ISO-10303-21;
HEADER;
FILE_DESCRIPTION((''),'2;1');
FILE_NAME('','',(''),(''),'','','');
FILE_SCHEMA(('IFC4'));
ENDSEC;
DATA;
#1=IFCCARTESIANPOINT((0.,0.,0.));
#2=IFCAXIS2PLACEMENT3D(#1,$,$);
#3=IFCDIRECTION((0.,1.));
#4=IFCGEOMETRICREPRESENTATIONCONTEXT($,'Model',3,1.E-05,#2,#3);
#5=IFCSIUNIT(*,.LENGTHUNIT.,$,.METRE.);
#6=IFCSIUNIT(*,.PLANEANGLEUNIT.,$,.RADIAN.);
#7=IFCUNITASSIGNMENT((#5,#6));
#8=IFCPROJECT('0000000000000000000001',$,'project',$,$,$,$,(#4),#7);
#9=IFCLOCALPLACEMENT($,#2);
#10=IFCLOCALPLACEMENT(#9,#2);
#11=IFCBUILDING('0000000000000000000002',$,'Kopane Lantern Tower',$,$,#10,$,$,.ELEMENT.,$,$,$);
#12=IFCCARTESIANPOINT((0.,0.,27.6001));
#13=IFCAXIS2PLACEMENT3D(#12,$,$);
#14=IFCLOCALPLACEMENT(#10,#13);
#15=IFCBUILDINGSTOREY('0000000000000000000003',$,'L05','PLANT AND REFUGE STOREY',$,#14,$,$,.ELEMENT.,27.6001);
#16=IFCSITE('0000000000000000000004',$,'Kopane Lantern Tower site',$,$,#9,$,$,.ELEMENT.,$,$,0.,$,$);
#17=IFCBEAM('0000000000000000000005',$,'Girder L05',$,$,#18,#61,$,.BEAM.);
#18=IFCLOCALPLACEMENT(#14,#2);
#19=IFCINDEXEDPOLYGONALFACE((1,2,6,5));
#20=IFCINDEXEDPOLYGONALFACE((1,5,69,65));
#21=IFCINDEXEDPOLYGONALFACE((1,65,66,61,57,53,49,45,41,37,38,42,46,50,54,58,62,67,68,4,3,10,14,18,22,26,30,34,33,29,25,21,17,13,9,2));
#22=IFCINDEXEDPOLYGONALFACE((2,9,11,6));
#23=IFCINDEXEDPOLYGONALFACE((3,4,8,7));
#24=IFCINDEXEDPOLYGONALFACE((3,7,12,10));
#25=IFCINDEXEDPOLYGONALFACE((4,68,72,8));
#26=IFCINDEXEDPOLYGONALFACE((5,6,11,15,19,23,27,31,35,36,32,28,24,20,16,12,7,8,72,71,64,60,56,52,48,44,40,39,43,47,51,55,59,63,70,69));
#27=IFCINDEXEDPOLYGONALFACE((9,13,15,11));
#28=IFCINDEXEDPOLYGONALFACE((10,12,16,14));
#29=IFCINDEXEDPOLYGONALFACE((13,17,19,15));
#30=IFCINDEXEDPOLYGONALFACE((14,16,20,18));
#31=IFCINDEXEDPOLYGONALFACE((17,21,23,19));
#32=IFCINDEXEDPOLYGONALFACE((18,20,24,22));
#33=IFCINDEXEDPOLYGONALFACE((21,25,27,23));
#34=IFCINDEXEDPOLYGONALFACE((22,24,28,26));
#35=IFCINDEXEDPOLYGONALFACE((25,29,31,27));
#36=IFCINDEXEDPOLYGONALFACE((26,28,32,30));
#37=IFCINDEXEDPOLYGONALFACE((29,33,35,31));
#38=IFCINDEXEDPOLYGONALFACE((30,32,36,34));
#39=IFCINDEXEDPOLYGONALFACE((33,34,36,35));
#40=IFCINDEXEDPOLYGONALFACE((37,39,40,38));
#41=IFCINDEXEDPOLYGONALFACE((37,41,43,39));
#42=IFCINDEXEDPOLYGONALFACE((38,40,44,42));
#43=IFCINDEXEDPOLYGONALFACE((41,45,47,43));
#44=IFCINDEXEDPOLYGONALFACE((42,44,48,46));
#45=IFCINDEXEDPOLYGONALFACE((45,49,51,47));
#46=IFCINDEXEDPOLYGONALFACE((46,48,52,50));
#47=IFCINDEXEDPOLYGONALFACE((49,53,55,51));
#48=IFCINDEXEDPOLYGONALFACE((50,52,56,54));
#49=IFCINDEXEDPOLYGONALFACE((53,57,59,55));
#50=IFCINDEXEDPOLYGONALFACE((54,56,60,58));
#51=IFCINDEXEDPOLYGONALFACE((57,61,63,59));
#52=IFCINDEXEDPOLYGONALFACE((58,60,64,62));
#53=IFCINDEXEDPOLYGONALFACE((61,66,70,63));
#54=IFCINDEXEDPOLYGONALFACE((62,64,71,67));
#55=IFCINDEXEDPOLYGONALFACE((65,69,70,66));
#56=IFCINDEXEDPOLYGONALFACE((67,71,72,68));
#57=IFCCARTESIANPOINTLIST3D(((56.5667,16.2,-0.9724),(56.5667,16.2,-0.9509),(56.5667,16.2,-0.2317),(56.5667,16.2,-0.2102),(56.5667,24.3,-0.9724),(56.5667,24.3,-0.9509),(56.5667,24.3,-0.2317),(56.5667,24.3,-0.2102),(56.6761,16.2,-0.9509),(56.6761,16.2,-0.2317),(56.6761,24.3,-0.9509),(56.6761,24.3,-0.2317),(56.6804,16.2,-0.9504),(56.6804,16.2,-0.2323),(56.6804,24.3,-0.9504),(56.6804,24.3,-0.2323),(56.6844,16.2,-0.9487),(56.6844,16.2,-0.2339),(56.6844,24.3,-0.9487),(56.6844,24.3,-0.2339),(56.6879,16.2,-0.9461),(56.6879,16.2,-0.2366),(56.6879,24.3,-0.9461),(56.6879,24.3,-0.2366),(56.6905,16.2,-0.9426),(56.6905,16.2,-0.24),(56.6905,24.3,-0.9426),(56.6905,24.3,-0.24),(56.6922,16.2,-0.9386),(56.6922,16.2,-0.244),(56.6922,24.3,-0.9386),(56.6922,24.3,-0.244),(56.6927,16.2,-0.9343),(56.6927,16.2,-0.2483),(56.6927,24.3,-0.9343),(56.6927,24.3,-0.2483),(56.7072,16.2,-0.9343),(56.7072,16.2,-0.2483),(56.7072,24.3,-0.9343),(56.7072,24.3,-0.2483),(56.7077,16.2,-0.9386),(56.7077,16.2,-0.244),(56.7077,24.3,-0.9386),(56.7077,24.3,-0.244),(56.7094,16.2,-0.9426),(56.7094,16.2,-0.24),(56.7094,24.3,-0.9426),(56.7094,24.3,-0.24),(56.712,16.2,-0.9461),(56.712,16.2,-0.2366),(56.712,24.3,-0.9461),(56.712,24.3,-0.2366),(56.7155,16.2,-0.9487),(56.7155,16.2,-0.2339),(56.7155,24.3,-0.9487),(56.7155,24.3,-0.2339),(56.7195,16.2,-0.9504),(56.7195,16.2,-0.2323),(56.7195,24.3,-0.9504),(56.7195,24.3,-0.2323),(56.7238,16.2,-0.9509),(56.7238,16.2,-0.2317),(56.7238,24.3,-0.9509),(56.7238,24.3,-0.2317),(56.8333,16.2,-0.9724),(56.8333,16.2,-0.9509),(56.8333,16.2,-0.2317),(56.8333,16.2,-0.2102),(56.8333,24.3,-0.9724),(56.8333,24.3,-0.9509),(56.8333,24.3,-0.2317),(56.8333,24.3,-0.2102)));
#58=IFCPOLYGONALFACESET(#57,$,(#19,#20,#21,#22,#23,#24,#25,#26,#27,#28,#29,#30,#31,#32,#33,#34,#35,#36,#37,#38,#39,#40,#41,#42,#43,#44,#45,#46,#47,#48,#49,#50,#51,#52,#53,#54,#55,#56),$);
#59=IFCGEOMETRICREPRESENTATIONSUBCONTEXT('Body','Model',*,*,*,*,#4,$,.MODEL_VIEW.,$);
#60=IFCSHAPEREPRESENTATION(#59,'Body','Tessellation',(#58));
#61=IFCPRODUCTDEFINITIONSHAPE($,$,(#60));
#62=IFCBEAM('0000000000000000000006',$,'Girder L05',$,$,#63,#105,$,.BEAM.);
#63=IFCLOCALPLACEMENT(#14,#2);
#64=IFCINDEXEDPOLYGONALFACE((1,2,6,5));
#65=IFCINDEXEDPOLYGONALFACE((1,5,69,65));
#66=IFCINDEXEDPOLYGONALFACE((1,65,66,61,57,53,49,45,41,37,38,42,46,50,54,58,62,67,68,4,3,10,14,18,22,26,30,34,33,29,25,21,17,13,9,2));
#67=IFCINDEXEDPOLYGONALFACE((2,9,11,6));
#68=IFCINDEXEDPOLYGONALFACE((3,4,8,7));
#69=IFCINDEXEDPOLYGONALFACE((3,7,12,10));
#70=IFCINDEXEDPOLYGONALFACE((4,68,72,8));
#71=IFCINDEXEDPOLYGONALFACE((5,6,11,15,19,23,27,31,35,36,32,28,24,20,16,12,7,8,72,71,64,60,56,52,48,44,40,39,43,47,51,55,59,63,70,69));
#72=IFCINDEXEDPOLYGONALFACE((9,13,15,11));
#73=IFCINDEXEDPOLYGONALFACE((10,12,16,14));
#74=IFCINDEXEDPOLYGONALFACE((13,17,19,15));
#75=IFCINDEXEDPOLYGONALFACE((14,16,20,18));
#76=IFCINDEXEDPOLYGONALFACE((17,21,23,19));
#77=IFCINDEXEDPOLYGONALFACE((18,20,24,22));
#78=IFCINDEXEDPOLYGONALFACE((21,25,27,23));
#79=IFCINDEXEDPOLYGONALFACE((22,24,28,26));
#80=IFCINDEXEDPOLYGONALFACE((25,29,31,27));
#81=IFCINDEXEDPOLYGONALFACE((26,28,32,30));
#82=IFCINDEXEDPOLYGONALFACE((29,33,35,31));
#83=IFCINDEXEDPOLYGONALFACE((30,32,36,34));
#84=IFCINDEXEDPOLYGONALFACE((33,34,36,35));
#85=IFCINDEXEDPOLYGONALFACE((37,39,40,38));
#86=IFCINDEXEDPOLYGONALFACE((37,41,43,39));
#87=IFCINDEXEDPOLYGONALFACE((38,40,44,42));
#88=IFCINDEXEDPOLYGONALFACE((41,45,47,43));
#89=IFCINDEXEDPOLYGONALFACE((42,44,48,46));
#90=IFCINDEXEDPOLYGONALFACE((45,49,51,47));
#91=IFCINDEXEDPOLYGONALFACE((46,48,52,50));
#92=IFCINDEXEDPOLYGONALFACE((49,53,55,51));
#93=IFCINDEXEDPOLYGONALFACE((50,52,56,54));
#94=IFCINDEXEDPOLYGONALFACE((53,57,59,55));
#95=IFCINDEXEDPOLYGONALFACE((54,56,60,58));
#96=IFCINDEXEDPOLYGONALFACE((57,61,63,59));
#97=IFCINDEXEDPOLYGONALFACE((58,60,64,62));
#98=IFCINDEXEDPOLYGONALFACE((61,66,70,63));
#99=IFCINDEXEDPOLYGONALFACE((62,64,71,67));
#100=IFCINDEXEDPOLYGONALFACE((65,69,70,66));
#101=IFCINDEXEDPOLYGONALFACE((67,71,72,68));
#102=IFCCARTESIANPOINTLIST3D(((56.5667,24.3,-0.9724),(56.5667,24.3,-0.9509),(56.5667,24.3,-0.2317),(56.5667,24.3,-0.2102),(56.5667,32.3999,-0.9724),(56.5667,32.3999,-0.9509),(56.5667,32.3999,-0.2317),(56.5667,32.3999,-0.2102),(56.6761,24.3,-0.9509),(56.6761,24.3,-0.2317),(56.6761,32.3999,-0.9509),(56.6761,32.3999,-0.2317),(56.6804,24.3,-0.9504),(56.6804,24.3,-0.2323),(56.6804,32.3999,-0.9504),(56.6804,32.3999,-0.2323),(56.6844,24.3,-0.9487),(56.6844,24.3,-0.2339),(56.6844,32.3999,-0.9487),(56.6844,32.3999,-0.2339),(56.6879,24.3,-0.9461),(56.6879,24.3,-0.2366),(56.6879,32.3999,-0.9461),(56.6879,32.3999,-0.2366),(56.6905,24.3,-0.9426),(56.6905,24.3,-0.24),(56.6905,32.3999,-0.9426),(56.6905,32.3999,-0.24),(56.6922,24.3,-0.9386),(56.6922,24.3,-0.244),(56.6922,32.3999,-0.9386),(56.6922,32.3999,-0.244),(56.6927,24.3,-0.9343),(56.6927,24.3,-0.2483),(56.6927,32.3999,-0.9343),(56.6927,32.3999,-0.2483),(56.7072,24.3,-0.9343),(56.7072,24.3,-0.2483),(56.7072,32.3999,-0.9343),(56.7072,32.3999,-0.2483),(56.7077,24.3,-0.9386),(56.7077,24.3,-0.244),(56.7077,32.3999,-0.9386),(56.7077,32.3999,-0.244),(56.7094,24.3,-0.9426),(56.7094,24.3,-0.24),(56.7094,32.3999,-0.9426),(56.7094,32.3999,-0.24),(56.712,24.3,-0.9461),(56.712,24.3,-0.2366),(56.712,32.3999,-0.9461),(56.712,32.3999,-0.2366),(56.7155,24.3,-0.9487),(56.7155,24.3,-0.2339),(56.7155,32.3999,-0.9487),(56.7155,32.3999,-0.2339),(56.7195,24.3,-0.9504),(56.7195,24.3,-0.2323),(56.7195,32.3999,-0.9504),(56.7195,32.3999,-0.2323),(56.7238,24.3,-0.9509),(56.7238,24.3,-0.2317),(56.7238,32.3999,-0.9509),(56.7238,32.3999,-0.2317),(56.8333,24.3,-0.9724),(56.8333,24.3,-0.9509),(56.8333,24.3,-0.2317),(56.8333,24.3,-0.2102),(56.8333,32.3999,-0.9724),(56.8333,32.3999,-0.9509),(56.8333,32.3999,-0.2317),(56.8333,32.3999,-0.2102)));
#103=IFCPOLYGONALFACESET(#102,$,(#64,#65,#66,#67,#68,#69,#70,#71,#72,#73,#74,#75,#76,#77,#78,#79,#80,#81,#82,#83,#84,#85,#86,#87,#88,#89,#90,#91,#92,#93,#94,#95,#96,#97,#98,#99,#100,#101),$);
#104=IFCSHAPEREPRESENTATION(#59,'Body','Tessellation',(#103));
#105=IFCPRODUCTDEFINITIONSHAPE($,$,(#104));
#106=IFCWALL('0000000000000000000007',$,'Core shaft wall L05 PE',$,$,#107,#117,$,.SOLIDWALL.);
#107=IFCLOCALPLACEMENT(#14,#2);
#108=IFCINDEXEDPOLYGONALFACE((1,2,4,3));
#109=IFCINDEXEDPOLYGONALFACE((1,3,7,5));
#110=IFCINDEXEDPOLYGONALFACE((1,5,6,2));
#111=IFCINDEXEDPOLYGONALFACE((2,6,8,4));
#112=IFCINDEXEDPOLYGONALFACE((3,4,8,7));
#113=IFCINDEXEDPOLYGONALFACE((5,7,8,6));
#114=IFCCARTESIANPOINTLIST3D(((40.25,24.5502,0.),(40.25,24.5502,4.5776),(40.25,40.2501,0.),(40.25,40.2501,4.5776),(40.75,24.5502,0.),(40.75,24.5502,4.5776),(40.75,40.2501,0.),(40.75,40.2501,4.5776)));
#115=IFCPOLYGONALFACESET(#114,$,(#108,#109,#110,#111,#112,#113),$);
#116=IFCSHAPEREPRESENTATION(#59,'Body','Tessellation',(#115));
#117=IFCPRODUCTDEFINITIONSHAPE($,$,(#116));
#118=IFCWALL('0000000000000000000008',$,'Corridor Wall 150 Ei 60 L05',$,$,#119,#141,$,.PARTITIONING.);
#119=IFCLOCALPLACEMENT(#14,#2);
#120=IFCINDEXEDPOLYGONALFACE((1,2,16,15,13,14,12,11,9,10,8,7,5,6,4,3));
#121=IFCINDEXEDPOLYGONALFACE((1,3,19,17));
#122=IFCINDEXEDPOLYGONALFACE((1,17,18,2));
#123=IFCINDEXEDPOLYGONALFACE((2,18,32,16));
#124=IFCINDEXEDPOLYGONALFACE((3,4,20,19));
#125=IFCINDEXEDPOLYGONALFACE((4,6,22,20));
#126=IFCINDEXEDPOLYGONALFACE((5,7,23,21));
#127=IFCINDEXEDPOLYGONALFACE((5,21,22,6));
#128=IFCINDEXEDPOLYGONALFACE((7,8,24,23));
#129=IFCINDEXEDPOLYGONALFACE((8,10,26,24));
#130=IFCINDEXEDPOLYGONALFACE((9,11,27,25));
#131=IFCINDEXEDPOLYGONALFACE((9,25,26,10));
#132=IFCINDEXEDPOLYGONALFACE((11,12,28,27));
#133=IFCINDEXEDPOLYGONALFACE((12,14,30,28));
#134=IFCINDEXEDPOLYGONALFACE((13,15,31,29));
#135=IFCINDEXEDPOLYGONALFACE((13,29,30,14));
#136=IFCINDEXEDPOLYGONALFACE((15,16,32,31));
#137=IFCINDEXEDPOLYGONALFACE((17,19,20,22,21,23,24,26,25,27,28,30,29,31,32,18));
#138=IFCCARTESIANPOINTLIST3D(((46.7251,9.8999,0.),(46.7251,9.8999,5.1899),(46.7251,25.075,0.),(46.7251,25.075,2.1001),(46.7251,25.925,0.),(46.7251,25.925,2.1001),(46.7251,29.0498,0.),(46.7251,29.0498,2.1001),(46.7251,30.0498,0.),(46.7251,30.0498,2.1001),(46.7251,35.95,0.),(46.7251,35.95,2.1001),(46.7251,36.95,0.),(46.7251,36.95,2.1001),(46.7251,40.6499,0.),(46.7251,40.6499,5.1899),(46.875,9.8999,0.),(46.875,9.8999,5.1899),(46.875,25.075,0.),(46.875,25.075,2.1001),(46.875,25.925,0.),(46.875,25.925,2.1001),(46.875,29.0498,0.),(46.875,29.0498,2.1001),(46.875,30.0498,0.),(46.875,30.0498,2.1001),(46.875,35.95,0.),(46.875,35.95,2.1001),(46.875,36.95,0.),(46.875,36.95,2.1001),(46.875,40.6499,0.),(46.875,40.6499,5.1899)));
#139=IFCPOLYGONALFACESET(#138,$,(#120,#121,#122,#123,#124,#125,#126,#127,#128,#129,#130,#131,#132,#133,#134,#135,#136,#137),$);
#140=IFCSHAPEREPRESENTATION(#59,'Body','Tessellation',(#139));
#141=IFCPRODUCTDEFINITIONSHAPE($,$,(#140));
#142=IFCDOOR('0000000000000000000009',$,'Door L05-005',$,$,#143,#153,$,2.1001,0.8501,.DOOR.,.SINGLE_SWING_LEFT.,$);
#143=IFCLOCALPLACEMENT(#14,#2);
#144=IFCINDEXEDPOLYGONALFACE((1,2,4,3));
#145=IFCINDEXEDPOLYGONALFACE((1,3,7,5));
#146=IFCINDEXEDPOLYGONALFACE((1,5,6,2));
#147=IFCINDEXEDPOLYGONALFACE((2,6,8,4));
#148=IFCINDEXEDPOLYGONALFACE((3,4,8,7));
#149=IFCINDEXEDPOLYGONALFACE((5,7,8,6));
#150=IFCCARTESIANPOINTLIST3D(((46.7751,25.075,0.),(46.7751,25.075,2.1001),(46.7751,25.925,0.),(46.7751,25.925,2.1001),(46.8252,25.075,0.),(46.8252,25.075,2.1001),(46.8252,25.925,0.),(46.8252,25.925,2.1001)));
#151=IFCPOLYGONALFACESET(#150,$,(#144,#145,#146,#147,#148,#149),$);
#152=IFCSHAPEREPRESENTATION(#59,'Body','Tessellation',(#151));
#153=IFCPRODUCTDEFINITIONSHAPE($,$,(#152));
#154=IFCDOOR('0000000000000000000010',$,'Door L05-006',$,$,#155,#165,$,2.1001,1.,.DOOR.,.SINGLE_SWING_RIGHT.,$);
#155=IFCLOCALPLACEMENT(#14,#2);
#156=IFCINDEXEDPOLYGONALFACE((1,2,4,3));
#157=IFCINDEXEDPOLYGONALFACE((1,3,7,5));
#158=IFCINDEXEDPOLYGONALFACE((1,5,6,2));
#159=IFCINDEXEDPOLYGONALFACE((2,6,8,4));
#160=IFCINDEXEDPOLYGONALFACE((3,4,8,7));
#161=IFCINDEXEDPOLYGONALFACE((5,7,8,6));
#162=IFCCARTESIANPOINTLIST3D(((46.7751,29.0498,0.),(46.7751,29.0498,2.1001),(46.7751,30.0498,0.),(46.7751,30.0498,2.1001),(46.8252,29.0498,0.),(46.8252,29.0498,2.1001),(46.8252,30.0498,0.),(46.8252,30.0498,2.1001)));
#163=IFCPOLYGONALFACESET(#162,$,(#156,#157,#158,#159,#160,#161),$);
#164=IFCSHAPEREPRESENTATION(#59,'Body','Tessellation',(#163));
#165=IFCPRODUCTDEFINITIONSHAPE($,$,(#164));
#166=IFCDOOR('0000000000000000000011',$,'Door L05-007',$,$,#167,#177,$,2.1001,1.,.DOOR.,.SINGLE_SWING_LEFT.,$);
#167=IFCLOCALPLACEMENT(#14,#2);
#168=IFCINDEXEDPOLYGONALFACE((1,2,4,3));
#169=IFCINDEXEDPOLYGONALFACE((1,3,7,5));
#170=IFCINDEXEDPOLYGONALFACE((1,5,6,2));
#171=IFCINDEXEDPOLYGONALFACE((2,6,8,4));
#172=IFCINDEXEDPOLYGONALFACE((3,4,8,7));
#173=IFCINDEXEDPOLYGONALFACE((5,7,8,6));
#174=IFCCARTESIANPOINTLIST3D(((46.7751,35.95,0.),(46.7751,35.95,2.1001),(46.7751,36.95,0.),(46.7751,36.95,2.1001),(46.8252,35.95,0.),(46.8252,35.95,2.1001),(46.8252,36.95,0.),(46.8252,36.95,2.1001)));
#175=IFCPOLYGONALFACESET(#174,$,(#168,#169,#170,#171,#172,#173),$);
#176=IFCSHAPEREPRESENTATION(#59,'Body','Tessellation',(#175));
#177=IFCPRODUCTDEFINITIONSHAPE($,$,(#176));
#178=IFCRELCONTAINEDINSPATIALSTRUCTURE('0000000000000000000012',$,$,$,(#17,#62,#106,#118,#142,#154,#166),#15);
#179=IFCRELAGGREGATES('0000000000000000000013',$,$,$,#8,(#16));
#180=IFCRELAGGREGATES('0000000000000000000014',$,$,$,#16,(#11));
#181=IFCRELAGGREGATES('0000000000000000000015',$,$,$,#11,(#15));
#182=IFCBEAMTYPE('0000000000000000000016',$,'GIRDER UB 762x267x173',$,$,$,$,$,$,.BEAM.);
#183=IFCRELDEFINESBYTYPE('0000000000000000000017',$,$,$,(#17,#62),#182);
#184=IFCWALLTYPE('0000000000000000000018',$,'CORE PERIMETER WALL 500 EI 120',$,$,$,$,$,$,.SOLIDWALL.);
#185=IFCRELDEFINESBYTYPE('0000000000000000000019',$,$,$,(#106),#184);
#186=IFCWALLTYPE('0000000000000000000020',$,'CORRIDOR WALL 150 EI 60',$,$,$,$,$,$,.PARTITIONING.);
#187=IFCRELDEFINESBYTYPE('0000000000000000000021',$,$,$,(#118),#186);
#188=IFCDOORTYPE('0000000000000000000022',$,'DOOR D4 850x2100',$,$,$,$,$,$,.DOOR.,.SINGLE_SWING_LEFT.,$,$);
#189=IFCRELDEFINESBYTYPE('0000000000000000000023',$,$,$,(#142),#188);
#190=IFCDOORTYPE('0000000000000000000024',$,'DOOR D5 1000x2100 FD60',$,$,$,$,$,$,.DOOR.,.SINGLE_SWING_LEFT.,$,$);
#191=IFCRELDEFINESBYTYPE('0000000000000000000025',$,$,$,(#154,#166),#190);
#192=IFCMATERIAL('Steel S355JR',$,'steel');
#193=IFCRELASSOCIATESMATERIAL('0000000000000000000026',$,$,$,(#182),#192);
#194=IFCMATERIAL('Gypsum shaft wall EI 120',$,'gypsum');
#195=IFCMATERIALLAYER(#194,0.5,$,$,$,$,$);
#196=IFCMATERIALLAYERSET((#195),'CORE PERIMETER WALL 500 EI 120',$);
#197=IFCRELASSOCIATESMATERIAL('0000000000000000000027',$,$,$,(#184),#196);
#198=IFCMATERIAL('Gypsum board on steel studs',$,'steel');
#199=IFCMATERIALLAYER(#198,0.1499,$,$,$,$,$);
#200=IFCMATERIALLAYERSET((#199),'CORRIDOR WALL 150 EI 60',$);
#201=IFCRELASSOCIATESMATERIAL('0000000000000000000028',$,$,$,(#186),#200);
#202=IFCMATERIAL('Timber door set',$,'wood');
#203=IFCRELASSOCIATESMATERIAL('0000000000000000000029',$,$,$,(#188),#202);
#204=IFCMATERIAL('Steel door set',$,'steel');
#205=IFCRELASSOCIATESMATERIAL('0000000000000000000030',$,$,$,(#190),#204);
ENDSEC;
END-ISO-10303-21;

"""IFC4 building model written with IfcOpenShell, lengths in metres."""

from ifc_helpers import new_model, si_unit, direction, frame, frame_2d, origin, origin_2d, place, context, subcontext, project, spatial, rectangle, i_section, extrude, material, layer, layer_set, material_profile, profile_set, type_object, element, fill, save


model = new_model("IFC4")

# Units and contexts
model_context = context("Model", 3, precision=1e-05, world=origin(), true_north=direction((0.0, 1.0)))
body_context = subcontext(model_context, "Body", "Model", "MODEL_VIEW")
ifc_project = project(units=[si_unit("LENGTHUNIT", "METRE"), si_unit("PLANEANGLEUNIT", "RADIAN")], contexts=[model_context])

# Site, building, storey
site_placement = place(None, origin())
site = spatial("IfcSite", under=ifc_project, at=site_placement, Name="Kopane Lantern Tower site", CompositionType="ELEMENT", RefElevation=0.0)
building_placement = place(site_placement, origin())
building = spatial("IfcBuilding", under=site, at=building_placement, Name="Kopane Lantern Tower", CompositionType="ELEMENT")
storey_placement = place(building_placement, frame((0.0, 0.0, 27.6001)))
storey = spatial("IfcBuildingStorey", under=building, at=storey_placement, Name="L05", Description="PLANT AND REFUGE STOREY", CompositionType="ELEMENT", Elevation=27.6001)

# Beams
ifc_material_1 = material(Name="Steel S355JR", Category="steel")
ifc_material_profile_1 = material_profile(ifc_material_1, i_section(OverallWidth=0.2666, OverallDepth=0.7622, WebThickness=0.0144, FlangeThickness=0.0215, FilletRadius=0.0166, at=origin_2d()), Name="UB 762x267x173")
ifc_profile_set_1 = profile_set([ifc_material_profile_1], Name="Steel S355JR")
beam_type = type_object("IfcBeamType", Name="GIRDER UB 762x267x173", PredefinedType="BEAM", material=ifc_profile_set_1)
beam_1_placement = place(storey_placement, frame((56.7, 16.2, -0.5913), z_axis=(0.0, 1.0, 0.0), x_axis=(-1.0, 0.0, 0.0)))
element("IfcBeam", 1, at=beam_1_placement, inside=storey, type_object=beam_type, Name="Girder L05", PredefinedType="BEAM", context=body_context, shape_type="SweptSolid", body=[
    extrude(i_section(OverallWidth=0.2666, OverallDepth=0.7622, WebThickness=0.0144, FlangeThickness=0.0215, FilletRadius=0.0166, at=origin_2d()), origin(), (0.0, 0.0, 1.0), 8.1001),
])
beam_2_placement = place(storey_placement, frame((56.7, 24.3, -0.5913), z_axis=(0.0, 1.0, 0.0), x_axis=(-1.0, 0.0, 0.0)))
element("IfcBeam", 2, at=beam_2_placement, inside=storey, type_object=beam_type, Name="Girder L05", PredefinedType="BEAM", context=body_context, shape_type="SweptSolid", body=[
    extrude(i_section(OverallWidth=0.2666, OverallDepth=0.7622, WebThickness=0.0144, FlangeThickness=0.0215, FilletRadius=0.0166, at=origin_2d()), origin(), (0.0, 0.0, 1.0), 8.0999),
])

# Wall
ifc_material_2 = material(Name="Gypsum shaft wall EI 120", Category="gypsum")
ifc_layer_1 = layer(ifc_material_2, 0.5)
ifc_layer_set_1 = layer_set([ifc_layer_1], Name="CORE PERIMETER WALL 500 EI 120")
wall_type_1 = type_object("IfcWallType", Name="CORE PERIMETER WALL 500 EI 120", PredefinedType="SOLIDWALL", material=ifc_layer_set_1)
wall_1_placement = place(storey_placement, frame((40.5, 24.55, 0.0), z_axis=(0.0, 0.0, 1.0), x_axis=(0.0, 1.0, 0.0)))
element("IfcWall", 3, at=wall_1_placement, inside=storey, type_object=wall_type_1, Name="Core shaft wall L05 PE", PredefinedType="SOLIDWALL", context=body_context, shape_type="SweptSolid", body=[
    extrude(rectangle(XDim=15.7, YDim=0.5, at=frame_2d((7.8501, 0.0))), origin(), (0.0, 0.0, 1.0), 4.5776),
])

# Wall, openings, doors
ifc_material_3 = material(Name="Gypsum board on steel studs", Category="steel")
ifc_layer_2 = layer(ifc_material_3, 0.1499)
ifc_layer_set_2 = layer_set([ifc_layer_2], Name="CORRIDOR WALL 150 EI 60")
wall_type_2 = type_object("IfcWallType", Name="CORRIDOR WALL 150 EI 60", PredefinedType="PARTITIONING", material=ifc_layer_set_2)
wall_2_placement = place(storey_placement, frame((46.8, 9.8999, 0.0), z_axis=(0.0, 0.0, 1.0), x_axis=(0.0, 1.0, 0.0)))
wall_2 = element("IfcWall", 4, at=wall_2_placement, inside=storey, type_object=wall_type_2, Name="Corridor Wall 150 Ei 60 L05", PredefinedType="PARTITIONING", context=body_context, shape_type="SweptSolid", body=[
    extrude(rectangle(XDim=30.75, YDim=0.1499, at=frame_2d((15.375, 0.0))), origin(), (0.0, 0.0, 1.0), 5.1899),
])
opening_1_placement = place(wall_2_placement, frame((15.175, 0.0, 0.0)))
opening_1 = element("IfcOpeningElement", 5, at=opening_1_placement, cuts=wall_2, PredefinedType="OPENING", context=body_context, shape_type="SweptSolid", body=[
    extrude(rectangle(XDim=0.8501, YDim=2.1001, at=frame_2d((0.425, 1.05))), frame((0.0, 0.085, 0.0), z_axis=(0.0, -1.0, 0.0), x_axis=(1.0, 0.0, 0.0)), (0.0, 0.0, 1.0), 0.1699),
])
opening_2_placement = place(wall_2_placement, frame((19.1499, 0.0, 0.0)))
opening_2 = element("IfcOpeningElement", 6, at=opening_2_placement, cuts=wall_2, PredefinedType="OPENING", context=body_context, shape_type="SweptSolid", body=[
    extrude(rectangle(XDim=1.0, YDim=2.1001, at=frame_2d((0.5, 1.05))), frame((0.0, 0.085, 0.0), z_axis=(0.0, -1.0, 0.0), x_axis=(1.0, 0.0, 0.0)), (0.0, 0.0, 1.0), 0.1699),
])
opening_3_placement = place(wall_2_placement, frame((26.05, 0.0, 0.0)))
opening_3 = element("IfcOpeningElement", 7, at=opening_3_placement, cuts=wall_2, PredefinedType="OPENING", context=body_context, shape_type="SweptSolid", body=[
    extrude(rectangle(XDim=1.0, YDim=2.1001, at=frame_2d((0.5, 1.05))), frame((0.0, 0.085, 0.0), z_axis=(0.0, -1.0, 0.0), x_axis=(1.0, 0.0, 0.0)), (0.0, 0.0, 1.0), 0.1699),
])
ifc_material_4 = material(Name="Timber door set", Category="wood")
door_type_1 = type_object("IfcDoorType", Name="DOOR D4 850x2100", OperationType="SINGLE_SWING_LEFT", PredefinedType="DOOR", material=ifc_material_4)
door_1_placement = place(opening_1_placement, origin())
door_1 = element("IfcDoor", 8, at=door_1_placement, inside=storey, type_object=door_type_1, Name="Door L05-005", OperationType="SINGLE_SWING_LEFT", OverallHeight=2.1001, OverallWidth=0.8501, PredefinedType="DOOR", context=body_context, shape_type="SweptSolid", body=[
    extrude(rectangle(XDim=0.8501, YDim=2.1001, at=frame_2d((0.425, 1.05))), frame((0.0, 0.0249, 0.0), z_axis=(0.0, -1.0, 0.0), x_axis=(1.0, 0.0, 0.0)), (0.0, 0.0, 1.0), 0.05),
])
fill(opening_1, door_1)
ifc_material_5 = material(Name="Steel door set", Category="steel")
door_type_2 = type_object("IfcDoorType", Name="DOOR D5 1000x2100 FD60", OperationType="SINGLE_SWING_LEFT", PredefinedType="DOOR", material=ifc_material_5)
door_2_placement = place(opening_2_placement, origin())
door_2 = element("IfcDoor", 9, at=door_2_placement, inside=storey, type_object=door_type_2, Name="Door L05-006", OperationType="SINGLE_SWING_RIGHT", OverallHeight=2.1001, OverallWidth=1.0, PredefinedType="DOOR", context=body_context, shape_type="SweptSolid", body=[
    extrude(rectangle(XDim=1.0, YDim=2.1001, at=frame_2d((0.5, 1.05))), frame((0.0, 0.0249, 0.0), z_axis=(0.0, -1.0, 0.0), x_axis=(1.0, 0.0, 0.0)), (0.0, 0.0, 1.0), 0.05),
])
fill(opening_2, door_2)
door_3_placement = place(opening_3_placement, origin())
door_3 = element("IfcDoor", 10, at=door_3_placement, inside=storey, type_object=door_type_2, Name="Door L05-007", OperationType="SINGLE_SWING_LEFT", OverallHeight=2.1001, OverallWidth=1.0, PredefinedType="DOOR", context=body_context, shape_type="SweptSolid", body=[
    extrude(rectangle(XDim=1.0, YDim=2.1001, at=frame_2d((0.5, 1.05))), frame((0.0, 0.0249, 0.0), z_axis=(0.0, -1.0, 0.0), x_axis=(1.0, 0.0, 0.0)), (0.0, 0.0, 1.0), 0.05),
])
fill(opening_3, door_3)

save(model, "model.ifc")
